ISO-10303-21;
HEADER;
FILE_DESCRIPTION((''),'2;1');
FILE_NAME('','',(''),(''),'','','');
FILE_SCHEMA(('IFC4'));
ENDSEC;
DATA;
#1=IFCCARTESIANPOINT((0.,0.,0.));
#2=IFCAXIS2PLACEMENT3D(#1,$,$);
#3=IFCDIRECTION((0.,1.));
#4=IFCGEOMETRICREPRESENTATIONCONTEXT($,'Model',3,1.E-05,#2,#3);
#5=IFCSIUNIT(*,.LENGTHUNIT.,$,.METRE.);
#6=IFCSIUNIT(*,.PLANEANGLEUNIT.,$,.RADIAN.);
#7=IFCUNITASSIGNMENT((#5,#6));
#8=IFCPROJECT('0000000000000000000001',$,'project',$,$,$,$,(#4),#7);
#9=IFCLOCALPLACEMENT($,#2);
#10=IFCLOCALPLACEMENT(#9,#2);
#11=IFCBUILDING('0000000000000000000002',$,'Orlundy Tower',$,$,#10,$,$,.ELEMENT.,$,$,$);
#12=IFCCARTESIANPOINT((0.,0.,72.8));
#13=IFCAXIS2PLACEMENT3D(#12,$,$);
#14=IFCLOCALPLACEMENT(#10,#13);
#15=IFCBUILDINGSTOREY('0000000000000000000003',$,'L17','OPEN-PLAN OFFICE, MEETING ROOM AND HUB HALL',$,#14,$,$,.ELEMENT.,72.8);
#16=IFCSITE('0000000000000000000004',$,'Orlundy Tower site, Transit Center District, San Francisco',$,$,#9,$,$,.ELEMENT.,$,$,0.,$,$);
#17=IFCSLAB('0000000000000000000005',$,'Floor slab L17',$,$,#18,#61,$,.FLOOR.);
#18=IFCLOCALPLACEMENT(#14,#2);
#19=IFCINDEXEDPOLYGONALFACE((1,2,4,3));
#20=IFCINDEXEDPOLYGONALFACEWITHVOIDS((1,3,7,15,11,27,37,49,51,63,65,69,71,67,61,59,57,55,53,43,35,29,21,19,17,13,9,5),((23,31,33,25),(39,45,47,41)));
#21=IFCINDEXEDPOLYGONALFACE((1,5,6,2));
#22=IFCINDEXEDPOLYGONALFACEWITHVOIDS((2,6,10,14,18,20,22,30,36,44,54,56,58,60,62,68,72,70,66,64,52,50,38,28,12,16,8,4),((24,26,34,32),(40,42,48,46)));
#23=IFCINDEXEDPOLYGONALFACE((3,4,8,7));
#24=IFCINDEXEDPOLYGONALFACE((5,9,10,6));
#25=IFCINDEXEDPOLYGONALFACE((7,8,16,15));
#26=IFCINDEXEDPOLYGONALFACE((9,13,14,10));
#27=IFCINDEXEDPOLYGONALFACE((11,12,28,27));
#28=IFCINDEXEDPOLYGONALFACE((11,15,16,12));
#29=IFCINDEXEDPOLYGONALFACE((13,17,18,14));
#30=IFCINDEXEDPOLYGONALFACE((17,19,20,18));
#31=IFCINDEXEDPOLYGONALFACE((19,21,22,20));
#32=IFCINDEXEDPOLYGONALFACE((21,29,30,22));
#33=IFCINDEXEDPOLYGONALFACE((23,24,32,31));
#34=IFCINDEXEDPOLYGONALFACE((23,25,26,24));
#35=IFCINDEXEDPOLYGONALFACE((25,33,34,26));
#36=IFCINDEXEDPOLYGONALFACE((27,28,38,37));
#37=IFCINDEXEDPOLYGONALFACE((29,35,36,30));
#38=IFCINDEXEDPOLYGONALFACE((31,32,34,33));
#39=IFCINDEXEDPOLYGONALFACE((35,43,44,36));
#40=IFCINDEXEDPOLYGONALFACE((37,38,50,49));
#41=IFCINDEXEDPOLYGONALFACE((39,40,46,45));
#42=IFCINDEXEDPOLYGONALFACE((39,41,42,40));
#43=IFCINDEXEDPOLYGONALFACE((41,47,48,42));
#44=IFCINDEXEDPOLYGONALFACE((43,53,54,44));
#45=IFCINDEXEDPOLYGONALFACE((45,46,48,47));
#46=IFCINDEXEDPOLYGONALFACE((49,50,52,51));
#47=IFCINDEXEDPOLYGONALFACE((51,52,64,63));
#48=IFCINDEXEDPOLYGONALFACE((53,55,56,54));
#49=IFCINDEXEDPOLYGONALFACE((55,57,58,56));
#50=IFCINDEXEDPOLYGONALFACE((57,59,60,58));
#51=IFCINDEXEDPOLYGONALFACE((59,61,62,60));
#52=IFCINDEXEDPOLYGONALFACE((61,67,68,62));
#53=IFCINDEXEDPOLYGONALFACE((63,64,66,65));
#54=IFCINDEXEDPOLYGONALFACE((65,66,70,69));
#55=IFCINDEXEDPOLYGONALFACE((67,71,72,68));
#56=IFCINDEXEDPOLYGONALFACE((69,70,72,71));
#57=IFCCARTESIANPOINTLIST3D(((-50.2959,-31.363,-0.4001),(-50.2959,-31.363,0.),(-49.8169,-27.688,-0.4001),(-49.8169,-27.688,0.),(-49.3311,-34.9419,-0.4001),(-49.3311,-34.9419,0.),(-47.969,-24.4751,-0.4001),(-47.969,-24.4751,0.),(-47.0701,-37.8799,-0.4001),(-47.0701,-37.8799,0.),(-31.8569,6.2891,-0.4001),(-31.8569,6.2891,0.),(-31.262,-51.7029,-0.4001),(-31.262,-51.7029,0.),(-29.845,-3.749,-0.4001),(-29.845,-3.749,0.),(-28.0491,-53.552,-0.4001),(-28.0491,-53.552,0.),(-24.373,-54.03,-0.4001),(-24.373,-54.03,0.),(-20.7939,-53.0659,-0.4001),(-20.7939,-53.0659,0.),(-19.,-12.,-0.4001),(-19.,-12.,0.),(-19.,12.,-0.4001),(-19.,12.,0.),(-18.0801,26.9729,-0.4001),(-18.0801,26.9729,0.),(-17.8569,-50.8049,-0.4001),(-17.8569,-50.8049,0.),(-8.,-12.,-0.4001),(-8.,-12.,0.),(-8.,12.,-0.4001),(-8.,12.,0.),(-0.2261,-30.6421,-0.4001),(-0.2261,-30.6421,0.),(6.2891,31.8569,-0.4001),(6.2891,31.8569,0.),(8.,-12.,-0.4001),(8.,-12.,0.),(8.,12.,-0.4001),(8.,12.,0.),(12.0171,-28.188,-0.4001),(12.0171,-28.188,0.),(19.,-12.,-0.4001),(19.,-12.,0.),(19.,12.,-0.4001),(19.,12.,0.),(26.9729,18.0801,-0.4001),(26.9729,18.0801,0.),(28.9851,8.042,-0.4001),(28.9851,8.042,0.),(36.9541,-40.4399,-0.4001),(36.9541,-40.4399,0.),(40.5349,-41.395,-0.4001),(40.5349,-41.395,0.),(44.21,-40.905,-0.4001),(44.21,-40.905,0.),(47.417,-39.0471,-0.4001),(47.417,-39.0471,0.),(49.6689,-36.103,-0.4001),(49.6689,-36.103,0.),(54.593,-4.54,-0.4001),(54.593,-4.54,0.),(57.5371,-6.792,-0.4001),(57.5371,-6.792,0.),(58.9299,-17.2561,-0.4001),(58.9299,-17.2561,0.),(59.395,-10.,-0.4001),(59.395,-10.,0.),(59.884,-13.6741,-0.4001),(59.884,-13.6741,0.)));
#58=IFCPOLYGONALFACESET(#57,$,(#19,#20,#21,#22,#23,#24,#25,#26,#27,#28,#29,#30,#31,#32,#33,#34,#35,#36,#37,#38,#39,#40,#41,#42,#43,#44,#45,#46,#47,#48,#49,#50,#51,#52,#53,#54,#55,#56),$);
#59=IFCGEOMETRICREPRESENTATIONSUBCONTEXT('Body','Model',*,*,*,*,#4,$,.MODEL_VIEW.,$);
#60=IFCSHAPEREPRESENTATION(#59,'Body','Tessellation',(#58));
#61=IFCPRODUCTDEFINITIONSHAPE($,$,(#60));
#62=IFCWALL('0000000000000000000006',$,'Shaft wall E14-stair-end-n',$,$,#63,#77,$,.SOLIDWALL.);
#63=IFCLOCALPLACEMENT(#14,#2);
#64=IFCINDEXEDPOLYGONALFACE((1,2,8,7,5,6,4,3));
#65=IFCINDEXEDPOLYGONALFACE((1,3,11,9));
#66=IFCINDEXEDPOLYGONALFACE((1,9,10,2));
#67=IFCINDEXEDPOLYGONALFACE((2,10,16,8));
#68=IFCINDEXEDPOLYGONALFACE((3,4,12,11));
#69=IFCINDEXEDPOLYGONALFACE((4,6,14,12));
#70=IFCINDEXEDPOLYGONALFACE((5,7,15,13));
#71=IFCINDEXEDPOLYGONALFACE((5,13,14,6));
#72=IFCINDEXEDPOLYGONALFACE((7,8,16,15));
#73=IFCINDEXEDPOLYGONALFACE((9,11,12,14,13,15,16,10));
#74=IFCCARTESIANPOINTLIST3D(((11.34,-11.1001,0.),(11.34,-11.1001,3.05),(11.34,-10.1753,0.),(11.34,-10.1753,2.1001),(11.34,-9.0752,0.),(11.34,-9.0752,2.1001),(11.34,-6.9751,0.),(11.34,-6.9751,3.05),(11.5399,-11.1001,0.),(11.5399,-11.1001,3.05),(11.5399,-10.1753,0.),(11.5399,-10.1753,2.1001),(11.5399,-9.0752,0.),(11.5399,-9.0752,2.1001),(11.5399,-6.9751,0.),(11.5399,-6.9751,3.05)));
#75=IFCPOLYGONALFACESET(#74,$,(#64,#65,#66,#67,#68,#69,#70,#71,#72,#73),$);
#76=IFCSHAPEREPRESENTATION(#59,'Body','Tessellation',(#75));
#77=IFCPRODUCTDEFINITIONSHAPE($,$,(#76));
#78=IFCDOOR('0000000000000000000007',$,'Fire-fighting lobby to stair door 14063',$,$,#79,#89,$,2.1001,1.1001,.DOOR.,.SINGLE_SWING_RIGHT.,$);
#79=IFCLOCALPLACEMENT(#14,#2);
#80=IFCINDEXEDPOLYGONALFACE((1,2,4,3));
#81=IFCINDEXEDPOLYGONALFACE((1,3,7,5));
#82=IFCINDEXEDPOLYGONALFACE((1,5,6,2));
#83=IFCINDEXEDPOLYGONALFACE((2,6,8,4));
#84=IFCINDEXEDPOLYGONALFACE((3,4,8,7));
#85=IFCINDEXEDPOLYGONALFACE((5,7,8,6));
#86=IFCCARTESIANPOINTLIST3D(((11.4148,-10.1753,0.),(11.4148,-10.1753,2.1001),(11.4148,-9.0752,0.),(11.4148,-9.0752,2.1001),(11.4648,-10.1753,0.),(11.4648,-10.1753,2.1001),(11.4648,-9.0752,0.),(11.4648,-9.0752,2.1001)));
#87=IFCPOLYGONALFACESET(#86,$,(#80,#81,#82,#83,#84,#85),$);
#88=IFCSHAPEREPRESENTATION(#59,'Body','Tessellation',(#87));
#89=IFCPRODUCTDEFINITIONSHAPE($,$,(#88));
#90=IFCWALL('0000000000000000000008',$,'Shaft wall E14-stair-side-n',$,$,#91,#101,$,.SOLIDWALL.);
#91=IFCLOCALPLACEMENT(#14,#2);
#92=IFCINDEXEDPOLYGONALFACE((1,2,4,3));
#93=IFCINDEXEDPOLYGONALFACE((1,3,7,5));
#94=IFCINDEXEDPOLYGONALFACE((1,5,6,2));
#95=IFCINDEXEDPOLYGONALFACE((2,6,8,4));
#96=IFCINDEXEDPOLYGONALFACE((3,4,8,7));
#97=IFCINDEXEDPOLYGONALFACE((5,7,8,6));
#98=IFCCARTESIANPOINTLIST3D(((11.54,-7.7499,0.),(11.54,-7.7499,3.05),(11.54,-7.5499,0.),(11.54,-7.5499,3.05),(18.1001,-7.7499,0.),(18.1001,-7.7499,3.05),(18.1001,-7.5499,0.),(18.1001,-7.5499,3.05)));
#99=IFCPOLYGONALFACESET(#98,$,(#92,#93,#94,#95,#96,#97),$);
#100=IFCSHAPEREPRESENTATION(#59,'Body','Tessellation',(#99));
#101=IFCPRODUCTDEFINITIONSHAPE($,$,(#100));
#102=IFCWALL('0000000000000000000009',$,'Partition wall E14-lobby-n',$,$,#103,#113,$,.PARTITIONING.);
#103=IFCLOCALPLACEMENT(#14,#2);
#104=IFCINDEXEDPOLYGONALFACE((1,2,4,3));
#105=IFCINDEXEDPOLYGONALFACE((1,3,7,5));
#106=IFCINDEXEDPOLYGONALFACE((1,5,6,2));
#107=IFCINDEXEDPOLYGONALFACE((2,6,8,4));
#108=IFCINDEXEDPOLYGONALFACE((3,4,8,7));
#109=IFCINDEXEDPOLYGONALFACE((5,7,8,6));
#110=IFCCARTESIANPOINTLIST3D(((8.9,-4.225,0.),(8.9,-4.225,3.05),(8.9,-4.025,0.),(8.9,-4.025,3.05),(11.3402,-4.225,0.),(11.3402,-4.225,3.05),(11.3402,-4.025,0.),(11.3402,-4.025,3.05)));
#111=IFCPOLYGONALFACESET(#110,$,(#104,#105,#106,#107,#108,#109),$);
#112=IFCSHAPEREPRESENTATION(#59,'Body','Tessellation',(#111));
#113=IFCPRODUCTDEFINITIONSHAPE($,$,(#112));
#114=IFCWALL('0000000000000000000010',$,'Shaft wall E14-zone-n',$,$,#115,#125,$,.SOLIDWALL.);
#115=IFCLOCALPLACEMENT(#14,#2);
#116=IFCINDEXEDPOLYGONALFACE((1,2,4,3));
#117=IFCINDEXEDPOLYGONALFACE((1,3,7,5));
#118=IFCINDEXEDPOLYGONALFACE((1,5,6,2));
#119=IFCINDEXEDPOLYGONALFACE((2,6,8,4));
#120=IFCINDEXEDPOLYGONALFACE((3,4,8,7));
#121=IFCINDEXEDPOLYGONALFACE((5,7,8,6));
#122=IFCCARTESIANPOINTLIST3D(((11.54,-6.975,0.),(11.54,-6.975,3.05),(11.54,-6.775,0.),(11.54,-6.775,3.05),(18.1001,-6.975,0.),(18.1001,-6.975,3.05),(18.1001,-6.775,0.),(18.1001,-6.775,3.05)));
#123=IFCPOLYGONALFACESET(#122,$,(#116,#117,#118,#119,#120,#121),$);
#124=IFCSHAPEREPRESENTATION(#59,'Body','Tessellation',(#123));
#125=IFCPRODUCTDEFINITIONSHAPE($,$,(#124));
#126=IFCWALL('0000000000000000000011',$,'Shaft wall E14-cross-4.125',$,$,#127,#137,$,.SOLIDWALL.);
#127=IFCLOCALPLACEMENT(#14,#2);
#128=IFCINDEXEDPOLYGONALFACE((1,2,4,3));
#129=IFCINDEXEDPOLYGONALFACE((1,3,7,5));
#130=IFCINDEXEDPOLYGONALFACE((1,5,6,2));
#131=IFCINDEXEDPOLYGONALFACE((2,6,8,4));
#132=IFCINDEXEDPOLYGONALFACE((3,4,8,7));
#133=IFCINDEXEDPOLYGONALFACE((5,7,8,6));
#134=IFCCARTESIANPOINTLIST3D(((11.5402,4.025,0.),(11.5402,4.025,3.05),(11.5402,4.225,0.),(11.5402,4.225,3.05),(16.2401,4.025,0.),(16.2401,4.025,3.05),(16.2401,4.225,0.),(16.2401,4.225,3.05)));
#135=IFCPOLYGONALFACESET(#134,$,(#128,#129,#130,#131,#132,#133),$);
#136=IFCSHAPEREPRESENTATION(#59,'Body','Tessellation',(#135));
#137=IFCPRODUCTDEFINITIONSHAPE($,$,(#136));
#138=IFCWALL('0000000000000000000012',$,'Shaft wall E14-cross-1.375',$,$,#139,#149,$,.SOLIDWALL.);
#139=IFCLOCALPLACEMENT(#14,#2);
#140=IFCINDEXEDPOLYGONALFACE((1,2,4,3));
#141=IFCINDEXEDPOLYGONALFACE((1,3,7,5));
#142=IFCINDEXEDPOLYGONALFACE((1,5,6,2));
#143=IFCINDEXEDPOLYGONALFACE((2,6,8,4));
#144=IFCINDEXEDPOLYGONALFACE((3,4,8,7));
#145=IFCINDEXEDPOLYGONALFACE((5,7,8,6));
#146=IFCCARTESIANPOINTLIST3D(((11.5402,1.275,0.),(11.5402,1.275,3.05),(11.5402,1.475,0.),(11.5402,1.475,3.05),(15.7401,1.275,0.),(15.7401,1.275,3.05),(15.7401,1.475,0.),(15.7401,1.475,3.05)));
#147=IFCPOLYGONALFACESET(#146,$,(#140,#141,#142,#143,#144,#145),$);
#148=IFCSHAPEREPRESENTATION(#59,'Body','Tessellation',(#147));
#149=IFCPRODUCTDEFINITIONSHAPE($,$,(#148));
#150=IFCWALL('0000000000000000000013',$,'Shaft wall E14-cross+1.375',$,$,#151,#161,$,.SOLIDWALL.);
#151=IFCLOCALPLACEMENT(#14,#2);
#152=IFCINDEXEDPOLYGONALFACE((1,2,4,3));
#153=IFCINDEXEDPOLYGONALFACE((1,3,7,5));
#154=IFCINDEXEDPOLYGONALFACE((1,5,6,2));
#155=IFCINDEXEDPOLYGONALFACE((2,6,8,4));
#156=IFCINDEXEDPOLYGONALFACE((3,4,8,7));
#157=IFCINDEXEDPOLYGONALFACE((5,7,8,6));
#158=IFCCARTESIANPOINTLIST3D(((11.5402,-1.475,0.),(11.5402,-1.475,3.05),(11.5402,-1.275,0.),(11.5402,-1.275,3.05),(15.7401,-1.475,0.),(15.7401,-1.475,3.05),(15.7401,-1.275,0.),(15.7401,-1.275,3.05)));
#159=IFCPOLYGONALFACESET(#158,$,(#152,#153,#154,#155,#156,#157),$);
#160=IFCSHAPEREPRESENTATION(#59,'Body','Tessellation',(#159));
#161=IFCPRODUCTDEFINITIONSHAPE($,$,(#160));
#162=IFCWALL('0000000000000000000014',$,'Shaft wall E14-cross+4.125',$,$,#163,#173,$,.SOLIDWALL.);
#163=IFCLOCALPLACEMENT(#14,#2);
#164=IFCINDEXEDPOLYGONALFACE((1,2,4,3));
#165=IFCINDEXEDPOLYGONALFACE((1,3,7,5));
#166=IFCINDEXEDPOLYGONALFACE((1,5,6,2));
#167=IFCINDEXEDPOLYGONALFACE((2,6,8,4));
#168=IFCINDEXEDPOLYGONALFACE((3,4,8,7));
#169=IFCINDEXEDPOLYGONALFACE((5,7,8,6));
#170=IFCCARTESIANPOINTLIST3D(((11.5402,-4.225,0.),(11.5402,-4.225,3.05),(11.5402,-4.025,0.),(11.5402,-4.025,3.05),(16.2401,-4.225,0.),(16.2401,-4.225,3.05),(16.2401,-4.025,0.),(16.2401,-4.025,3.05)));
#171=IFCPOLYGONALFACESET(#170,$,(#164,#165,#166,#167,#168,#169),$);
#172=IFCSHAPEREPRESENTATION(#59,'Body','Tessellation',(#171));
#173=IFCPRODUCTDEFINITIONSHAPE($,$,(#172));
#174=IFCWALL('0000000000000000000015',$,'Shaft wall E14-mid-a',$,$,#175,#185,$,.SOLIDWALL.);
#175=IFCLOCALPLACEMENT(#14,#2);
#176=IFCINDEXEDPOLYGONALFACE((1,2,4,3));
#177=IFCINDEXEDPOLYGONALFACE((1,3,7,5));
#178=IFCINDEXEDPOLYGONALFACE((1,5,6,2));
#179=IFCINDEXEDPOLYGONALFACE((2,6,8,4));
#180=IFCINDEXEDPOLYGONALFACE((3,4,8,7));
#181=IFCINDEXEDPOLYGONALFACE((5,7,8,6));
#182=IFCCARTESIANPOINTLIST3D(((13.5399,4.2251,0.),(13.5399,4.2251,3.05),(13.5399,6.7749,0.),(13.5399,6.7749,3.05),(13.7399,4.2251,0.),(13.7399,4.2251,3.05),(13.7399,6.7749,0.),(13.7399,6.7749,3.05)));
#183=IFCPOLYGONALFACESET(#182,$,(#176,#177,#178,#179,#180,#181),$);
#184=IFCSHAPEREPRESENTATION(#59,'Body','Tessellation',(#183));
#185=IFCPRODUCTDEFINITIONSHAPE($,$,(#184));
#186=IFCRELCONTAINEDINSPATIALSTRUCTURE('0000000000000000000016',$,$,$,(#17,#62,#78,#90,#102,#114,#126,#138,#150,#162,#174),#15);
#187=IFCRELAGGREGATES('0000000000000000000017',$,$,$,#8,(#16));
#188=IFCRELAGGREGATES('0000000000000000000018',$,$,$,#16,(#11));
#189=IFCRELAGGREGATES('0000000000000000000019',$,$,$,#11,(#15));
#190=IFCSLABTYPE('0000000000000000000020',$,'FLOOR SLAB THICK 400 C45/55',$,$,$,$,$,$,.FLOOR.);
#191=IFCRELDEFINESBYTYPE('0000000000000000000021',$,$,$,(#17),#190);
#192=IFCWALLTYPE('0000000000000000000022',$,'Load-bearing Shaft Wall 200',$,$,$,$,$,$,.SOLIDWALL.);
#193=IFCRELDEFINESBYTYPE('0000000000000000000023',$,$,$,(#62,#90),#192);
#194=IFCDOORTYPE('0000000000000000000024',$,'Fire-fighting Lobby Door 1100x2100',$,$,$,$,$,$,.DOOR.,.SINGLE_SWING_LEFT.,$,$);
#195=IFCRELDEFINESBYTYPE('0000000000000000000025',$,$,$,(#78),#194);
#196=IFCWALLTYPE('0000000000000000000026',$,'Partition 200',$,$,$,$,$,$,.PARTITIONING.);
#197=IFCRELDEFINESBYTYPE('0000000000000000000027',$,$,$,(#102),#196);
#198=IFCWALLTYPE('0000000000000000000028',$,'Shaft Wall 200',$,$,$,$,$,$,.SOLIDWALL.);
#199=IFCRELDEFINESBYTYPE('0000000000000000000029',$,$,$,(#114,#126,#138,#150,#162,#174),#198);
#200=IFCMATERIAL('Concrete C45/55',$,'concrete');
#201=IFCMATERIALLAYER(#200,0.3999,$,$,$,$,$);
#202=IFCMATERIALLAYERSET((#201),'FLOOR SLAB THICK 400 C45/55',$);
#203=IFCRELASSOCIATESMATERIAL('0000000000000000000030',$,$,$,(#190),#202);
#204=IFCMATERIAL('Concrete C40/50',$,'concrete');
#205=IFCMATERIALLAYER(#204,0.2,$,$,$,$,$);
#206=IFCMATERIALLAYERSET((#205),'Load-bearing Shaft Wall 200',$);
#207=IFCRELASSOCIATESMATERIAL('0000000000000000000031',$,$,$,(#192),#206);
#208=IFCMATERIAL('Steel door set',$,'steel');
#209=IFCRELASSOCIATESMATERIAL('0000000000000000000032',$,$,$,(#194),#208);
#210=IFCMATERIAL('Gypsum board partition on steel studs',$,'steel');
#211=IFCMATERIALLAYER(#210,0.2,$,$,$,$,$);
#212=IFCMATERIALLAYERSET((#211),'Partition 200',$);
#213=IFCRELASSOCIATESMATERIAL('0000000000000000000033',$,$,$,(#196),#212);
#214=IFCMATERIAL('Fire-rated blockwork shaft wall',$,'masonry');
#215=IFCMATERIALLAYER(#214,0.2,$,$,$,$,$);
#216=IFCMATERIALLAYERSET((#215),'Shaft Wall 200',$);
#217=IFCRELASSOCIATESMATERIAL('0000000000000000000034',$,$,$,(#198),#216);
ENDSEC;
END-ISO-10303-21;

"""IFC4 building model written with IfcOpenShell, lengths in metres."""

from ifc_helpers import new_model, si_unit, direction, frame, frame_2d, origin, place, context, subcontext, project, spatial, polyline, rectangle, outline, extrude, material, layer, layer_set, type_object, element, fill, save


model = new_model("IFC4")

# Units and contexts
model_context = context("Model", 3, precision=1e-05, world=origin(), true_north=direction((0.0, 1.0)))
body_context = subcontext(model_context, "Body", "Model", "MODEL_VIEW")
ifc_project = project(units=[si_unit("LENGTHUNIT", "METRE"), si_unit("PLANEANGLEUNIT", "RADIAN")], contexts=[model_context])

# Site, building, storey
site_placement = place(None, origin())
site = spatial("IfcSite", under=ifc_project, at=site_placement, Name="Orlundy Tower site, Transit Center District, San Francisco", CompositionType="ELEMENT", RefElevation=0.0)
building_placement = place(site_placement, origin())
building = spatial("IfcBuilding", under=site, at=building_placement, Name="Orlundy Tower", CompositionType="ELEMENT")
storey_placement = place(building_placement, frame((0.0, 0.0, 72.8)))
storey = spatial("IfcBuildingStorey", under=building, at=storey_placement, Name="L17", Description="OPEN-PLAN OFFICE, MEETING ROOM AND HUB HALL", CompositionType="ELEMENT", Elevation=72.8)

# Slab
ifc_material_1 = material(Name="Concrete C45/55", Category="concrete")
ifc_layer_1 = layer(ifc_material_1, 0.3999)
ifc_layer_set_1 = layer_set([ifc_layer_1], Name="FLOOR SLAB THICK 400 C45/55")
slab_type_1 = type_object("IfcSlabType", Name="FLOOR SLAB THICK 400 C45/55", PredefinedType="FLOOR", material=ifc_layer_set_1)
slab_1_placement = place(storey_placement, frame((0.0, 0.0, -0.4001)))
element("IfcSlab", 1, at=slab_1_placement, inside=storey, type_object=slab_type_1, Name="Floor slab L17", PredefinedType="FLOOR", context=body_context, shape_type="SweptSolid", body=[
    extrude(outline(polyline([(12.0171, -28.188), (-0.2261, -30.6421), (-17.8569, -50.8049), (-20.7939, -53.0659), (-24.373, -54.03), (-28.0491, -53.552), (-31.262, -51.7029), (-47.0701, -37.8799), (-49.3311, -34.9419), (-50.2959, -31.363), (-49.8169, -27.688), (-47.969, -24.4751), (-29.845, -3.749), (-31.8569, 6.2891), (-18.0801, 26.9729), (6.2891, 31.8569), (26.9729, 18.0801), (28.9851, 8.042), (54.593, -4.54), (57.5371, -6.792), (59.395, -10.0), (59.884, -13.6741), (58.9299, -17.2561), (49.6689, -36.103), (47.417, -39.0471), (44.21, -40.905), (40.5349, -41.395), (36.9541, -40.4399), (12.0171, -28.188)]), holes=[polyline([(-8.0, -12.0), (-8.0, 12.0), (-19.0, 12.0), (-19.0, -12.0), (-8.0, -12.0)]), polyline([(19.0, -12.0), (19.0, 12.0), (8.0, 12.0), (8.0, -12.0), (19.0, -12.0)])]), origin(), (0.0, 0.0, 1.0), 0.4001),
])

# Wall, opening, door
ifc_material_2 = material(Name="Concrete C40/50", Category="concrete")
ifc_layer_2 = layer(ifc_material_2, 0.2)
ifc_layer_set_2 = layer_set([ifc_layer_2], Name="Load-bearing Shaft Wall 200")
wall_type_1 = type_object("IfcWallType", Name="Load-bearing Shaft Wall 200", PredefinedType="SOLIDWALL", material=ifc_layer_set_2)
wall_1_placement = place(storey_placement, frame((11.4399, -6.9751, 0.0), z_axis=(0.0, 0.0, 1.0), x_axis=(0.0, -1.0, 0.0)))
wall_1 = element("IfcWall", 2, at=wall_1_placement, inside=storey, type_object=wall_type_1, Name="Shaft wall E14-stair-end-n", PredefinedType="SOLIDWALL", context=body_context, shape_type="SweptSolid", body=[
    extrude(rectangle(XDim=4.125, YDim=0.2, at=frame_2d((2.0625, 0.0))), origin(), (0.0, 0.0, 1.0), 3.05),
])
opening_1_placement = place(wall_1_placement, frame((2.1001, 0.0, 0.0)))
opening_1 = element("IfcOpeningElement", 3, at=opening_1_placement, cuts=wall_1, PredefinedType="OPENING", context=body_context, shape_type="SweptSolid", body=[
    extrude(rectangle(XDim=1.1001, YDim=2.1001, at=frame_2d((0.55, 1.05))), frame((0.0, 0.1101, 0.0), z_axis=(0.0, -1.0, 0.0), x_axis=(1.0, 0.0, 0.0)), (0.0, 0.0, 1.0), 0.2202),
])
ifc_material_3 = material(Name="Steel door set", Category="steel")
door_type_1 = type_object("IfcDoorType", Name="Fire-fighting Lobby Door 1100x2100", OperationType="SINGLE_SWING_LEFT", PredefinedType="DOOR", material=ifc_material_3)
door_1_placement = place(opening_1_placement, origin())
door_1 = element("IfcDoor", 4, at=door_1_placement, inside=storey, type_object=door_type_1, Name="Fire-fighting lobby to stair door 14063", OperationType="SINGLE_SWING_RIGHT", OverallHeight=2.1001, OverallWidth=1.1001, PredefinedType="DOOR", context=body_context, shape_type="SweptSolid", body=[
    extrude(rectangle(XDim=1.1001, YDim=2.1001, at=frame_2d((0.55, 1.05))), frame((0.0, 0.0249, 0.0), z_axis=(0.0, -1.0, 0.0), x_axis=(1.0, 0.0, 0.0)), (0.0, 0.0, 1.0), 0.05),
])
fill(opening_1, door_1)

# Walls
wall_2_placement = place(storey_placement, frame((11.54, -7.6499, 0.0), z_axis=(0.0, 0.0, 1.0), x_axis=(1.0, 0.0, 0.0)))
element("IfcWall", 5, at=wall_2_placement, inside=storey, type_object=wall_type_1, Name="Shaft wall E14-stair-side-n", PredefinedType="SOLIDWALL", context=body_context, shape_type="SweptSolid", body=[
    extrude(rectangle(XDim=6.5601, YDim=0.2, at=frame_2d((3.28, 0.0))), origin(), (0.0, 0.0, 1.0), 3.05),
])
ifc_material_4 = material(Name="Gypsum board partition on steel studs", Category="steel")
ifc_layer_3 = layer(ifc_material_4, 0.2)
ifc_layer_set_3 = layer_set([ifc_layer_3], Name="Partition 200")
wall_type_2 = type_object("IfcWallType", Name="Partition 200", PredefinedType="PARTITIONING", material=ifc_layer_set_3)
wall_3_placement = place(storey_placement, frame((8.8999, -4.125, 0.0), z_axis=(0.0, 0.0, 1.0), x_axis=(1.0, 0.0, 0.0)))
element("IfcWall", 6, at=wall_3_placement, inside=storey, type_object=wall_type_2, Name="Partition wall E14-lobby-n", PredefinedType="PARTITIONING", context=body_context, shape_type="SweptSolid", body=[
    extrude(rectangle(XDim=2.4402, YDim=0.2, at=frame_2d((1.2202, 0.0))), origin(), (0.0, 0.0, 1.0), 3.05),
])
ifc_material_5 = material(Name="Fire-rated blockwork shaft wall", Category="masonry")
ifc_layer_4 = layer(ifc_material_5, 0.2)
ifc_layer_set_4 = layer_set([ifc_layer_4], Name="Shaft Wall 200")
wall_type_3 = type_object("IfcWallType", Name="Shaft Wall 200", PredefinedType="SOLIDWALL", material=ifc_layer_set_4)
wall_4_placement = place(storey_placement, frame((11.54, -6.875, 0.0), z_axis=(0.0, 0.0, 1.0), x_axis=(1.0, 0.0, 0.0)))
element("IfcWall", 7, at=wall_4_placement, inside=storey, type_object=wall_type_3, Name="Shaft wall E14-zone-n", PredefinedType="SOLIDWALL", context=body_context, shape_type="SweptSolid", body=[
    extrude(rectangle(XDim=6.5601, YDim=0.2, at=frame_2d((3.28, 0.0))), origin(), (0.0, 0.0, 1.0), 3.05),
])
wall_5_placement = place(storey_placement, frame((11.54, 4.125, 0.0), z_axis=(0.0, 0.0, 1.0), x_axis=(1.0, 0.0, 0.0)))
element("IfcWall", 8, at=wall_5_placement, inside=storey, type_object=wall_type_3, Name="Shaft wall E14-cross-4.125", PredefinedType="SOLIDWALL", context=body_context, shape_type="SweptSolid", body=[
    extrude(rectangle(XDim=4.7, YDim=0.2, at=frame_2d((2.3501, 0.0))), origin(), (0.0, 0.0, 1.0), 3.05),
])
for number, where, z_axis, x_axis, name in (
    (9, (11.54, 1.375, 0.0), (0.0, 0.0, 1.0), (1.0, 0.0, 0.0), "Shaft wall E14-cross-1.375"),
    (10, (11.54, -1.375, 0.0), (0.0, 0.0, 1.0), (1.0, 0.0, 0.0), "Shaft wall E14-cross+1.375"),
):
    element("IfcWall", number, at=place(storey_placement, frame(where, z_axis=z_axis, x_axis=x_axis)), inside=storey, type_object=wall_type_3, Name=name, PredefinedType="SOLIDWALL", context=body_context, shape_type="SweptSolid", body=[
        extrude(rectangle(XDim=4.2, YDim=0.2, at=frame_2d((2.1001, 0.0))), origin(), (0.0, 0.0, 1.0), 3.05),
    ])
wall_6_placement = place(storey_placement, frame((11.54, -4.125, 0.0), z_axis=(0.0, 0.0, 1.0), x_axis=(1.0, 0.0, 0.0)))
element("IfcWall", 11, at=wall_6_placement, inside=storey, type_object=wall_type_3, Name="Shaft wall E14-cross+4.125", PredefinedType="SOLIDWALL", context=body_context, shape_type="SweptSolid", body=[
    extrude(rectangle(XDim=4.7, YDim=0.2, at=frame_2d((2.3501, 0.0))), origin(), (0.0, 0.0, 1.0), 3.05),
])
for number, where, z_axis, x_axis, name in (
    (12, (13.6399, 6.7749, 0.0), (0.0, 0.0, 1.0), (0.0, -1.0, 0.0), "Shaft wall E14-mid-a"),
):
    element("IfcWall", number, at=place(storey_placement, frame(where, z_axis=z_axis, x_axis=x_axis)), inside=storey, type_object=wall_type_3, Name=name, PredefinedType="SOLIDWALL", context=body_context, shape_type="SweptSolid", body=[
        extrude(rectangle(XDim=2.5498, YDim=0.2, at=frame_2d((1.2749, 0.0))), origin(), (0.0, 0.0, 1.0), 3.05),
    ])

save(model, "model.ifc")
